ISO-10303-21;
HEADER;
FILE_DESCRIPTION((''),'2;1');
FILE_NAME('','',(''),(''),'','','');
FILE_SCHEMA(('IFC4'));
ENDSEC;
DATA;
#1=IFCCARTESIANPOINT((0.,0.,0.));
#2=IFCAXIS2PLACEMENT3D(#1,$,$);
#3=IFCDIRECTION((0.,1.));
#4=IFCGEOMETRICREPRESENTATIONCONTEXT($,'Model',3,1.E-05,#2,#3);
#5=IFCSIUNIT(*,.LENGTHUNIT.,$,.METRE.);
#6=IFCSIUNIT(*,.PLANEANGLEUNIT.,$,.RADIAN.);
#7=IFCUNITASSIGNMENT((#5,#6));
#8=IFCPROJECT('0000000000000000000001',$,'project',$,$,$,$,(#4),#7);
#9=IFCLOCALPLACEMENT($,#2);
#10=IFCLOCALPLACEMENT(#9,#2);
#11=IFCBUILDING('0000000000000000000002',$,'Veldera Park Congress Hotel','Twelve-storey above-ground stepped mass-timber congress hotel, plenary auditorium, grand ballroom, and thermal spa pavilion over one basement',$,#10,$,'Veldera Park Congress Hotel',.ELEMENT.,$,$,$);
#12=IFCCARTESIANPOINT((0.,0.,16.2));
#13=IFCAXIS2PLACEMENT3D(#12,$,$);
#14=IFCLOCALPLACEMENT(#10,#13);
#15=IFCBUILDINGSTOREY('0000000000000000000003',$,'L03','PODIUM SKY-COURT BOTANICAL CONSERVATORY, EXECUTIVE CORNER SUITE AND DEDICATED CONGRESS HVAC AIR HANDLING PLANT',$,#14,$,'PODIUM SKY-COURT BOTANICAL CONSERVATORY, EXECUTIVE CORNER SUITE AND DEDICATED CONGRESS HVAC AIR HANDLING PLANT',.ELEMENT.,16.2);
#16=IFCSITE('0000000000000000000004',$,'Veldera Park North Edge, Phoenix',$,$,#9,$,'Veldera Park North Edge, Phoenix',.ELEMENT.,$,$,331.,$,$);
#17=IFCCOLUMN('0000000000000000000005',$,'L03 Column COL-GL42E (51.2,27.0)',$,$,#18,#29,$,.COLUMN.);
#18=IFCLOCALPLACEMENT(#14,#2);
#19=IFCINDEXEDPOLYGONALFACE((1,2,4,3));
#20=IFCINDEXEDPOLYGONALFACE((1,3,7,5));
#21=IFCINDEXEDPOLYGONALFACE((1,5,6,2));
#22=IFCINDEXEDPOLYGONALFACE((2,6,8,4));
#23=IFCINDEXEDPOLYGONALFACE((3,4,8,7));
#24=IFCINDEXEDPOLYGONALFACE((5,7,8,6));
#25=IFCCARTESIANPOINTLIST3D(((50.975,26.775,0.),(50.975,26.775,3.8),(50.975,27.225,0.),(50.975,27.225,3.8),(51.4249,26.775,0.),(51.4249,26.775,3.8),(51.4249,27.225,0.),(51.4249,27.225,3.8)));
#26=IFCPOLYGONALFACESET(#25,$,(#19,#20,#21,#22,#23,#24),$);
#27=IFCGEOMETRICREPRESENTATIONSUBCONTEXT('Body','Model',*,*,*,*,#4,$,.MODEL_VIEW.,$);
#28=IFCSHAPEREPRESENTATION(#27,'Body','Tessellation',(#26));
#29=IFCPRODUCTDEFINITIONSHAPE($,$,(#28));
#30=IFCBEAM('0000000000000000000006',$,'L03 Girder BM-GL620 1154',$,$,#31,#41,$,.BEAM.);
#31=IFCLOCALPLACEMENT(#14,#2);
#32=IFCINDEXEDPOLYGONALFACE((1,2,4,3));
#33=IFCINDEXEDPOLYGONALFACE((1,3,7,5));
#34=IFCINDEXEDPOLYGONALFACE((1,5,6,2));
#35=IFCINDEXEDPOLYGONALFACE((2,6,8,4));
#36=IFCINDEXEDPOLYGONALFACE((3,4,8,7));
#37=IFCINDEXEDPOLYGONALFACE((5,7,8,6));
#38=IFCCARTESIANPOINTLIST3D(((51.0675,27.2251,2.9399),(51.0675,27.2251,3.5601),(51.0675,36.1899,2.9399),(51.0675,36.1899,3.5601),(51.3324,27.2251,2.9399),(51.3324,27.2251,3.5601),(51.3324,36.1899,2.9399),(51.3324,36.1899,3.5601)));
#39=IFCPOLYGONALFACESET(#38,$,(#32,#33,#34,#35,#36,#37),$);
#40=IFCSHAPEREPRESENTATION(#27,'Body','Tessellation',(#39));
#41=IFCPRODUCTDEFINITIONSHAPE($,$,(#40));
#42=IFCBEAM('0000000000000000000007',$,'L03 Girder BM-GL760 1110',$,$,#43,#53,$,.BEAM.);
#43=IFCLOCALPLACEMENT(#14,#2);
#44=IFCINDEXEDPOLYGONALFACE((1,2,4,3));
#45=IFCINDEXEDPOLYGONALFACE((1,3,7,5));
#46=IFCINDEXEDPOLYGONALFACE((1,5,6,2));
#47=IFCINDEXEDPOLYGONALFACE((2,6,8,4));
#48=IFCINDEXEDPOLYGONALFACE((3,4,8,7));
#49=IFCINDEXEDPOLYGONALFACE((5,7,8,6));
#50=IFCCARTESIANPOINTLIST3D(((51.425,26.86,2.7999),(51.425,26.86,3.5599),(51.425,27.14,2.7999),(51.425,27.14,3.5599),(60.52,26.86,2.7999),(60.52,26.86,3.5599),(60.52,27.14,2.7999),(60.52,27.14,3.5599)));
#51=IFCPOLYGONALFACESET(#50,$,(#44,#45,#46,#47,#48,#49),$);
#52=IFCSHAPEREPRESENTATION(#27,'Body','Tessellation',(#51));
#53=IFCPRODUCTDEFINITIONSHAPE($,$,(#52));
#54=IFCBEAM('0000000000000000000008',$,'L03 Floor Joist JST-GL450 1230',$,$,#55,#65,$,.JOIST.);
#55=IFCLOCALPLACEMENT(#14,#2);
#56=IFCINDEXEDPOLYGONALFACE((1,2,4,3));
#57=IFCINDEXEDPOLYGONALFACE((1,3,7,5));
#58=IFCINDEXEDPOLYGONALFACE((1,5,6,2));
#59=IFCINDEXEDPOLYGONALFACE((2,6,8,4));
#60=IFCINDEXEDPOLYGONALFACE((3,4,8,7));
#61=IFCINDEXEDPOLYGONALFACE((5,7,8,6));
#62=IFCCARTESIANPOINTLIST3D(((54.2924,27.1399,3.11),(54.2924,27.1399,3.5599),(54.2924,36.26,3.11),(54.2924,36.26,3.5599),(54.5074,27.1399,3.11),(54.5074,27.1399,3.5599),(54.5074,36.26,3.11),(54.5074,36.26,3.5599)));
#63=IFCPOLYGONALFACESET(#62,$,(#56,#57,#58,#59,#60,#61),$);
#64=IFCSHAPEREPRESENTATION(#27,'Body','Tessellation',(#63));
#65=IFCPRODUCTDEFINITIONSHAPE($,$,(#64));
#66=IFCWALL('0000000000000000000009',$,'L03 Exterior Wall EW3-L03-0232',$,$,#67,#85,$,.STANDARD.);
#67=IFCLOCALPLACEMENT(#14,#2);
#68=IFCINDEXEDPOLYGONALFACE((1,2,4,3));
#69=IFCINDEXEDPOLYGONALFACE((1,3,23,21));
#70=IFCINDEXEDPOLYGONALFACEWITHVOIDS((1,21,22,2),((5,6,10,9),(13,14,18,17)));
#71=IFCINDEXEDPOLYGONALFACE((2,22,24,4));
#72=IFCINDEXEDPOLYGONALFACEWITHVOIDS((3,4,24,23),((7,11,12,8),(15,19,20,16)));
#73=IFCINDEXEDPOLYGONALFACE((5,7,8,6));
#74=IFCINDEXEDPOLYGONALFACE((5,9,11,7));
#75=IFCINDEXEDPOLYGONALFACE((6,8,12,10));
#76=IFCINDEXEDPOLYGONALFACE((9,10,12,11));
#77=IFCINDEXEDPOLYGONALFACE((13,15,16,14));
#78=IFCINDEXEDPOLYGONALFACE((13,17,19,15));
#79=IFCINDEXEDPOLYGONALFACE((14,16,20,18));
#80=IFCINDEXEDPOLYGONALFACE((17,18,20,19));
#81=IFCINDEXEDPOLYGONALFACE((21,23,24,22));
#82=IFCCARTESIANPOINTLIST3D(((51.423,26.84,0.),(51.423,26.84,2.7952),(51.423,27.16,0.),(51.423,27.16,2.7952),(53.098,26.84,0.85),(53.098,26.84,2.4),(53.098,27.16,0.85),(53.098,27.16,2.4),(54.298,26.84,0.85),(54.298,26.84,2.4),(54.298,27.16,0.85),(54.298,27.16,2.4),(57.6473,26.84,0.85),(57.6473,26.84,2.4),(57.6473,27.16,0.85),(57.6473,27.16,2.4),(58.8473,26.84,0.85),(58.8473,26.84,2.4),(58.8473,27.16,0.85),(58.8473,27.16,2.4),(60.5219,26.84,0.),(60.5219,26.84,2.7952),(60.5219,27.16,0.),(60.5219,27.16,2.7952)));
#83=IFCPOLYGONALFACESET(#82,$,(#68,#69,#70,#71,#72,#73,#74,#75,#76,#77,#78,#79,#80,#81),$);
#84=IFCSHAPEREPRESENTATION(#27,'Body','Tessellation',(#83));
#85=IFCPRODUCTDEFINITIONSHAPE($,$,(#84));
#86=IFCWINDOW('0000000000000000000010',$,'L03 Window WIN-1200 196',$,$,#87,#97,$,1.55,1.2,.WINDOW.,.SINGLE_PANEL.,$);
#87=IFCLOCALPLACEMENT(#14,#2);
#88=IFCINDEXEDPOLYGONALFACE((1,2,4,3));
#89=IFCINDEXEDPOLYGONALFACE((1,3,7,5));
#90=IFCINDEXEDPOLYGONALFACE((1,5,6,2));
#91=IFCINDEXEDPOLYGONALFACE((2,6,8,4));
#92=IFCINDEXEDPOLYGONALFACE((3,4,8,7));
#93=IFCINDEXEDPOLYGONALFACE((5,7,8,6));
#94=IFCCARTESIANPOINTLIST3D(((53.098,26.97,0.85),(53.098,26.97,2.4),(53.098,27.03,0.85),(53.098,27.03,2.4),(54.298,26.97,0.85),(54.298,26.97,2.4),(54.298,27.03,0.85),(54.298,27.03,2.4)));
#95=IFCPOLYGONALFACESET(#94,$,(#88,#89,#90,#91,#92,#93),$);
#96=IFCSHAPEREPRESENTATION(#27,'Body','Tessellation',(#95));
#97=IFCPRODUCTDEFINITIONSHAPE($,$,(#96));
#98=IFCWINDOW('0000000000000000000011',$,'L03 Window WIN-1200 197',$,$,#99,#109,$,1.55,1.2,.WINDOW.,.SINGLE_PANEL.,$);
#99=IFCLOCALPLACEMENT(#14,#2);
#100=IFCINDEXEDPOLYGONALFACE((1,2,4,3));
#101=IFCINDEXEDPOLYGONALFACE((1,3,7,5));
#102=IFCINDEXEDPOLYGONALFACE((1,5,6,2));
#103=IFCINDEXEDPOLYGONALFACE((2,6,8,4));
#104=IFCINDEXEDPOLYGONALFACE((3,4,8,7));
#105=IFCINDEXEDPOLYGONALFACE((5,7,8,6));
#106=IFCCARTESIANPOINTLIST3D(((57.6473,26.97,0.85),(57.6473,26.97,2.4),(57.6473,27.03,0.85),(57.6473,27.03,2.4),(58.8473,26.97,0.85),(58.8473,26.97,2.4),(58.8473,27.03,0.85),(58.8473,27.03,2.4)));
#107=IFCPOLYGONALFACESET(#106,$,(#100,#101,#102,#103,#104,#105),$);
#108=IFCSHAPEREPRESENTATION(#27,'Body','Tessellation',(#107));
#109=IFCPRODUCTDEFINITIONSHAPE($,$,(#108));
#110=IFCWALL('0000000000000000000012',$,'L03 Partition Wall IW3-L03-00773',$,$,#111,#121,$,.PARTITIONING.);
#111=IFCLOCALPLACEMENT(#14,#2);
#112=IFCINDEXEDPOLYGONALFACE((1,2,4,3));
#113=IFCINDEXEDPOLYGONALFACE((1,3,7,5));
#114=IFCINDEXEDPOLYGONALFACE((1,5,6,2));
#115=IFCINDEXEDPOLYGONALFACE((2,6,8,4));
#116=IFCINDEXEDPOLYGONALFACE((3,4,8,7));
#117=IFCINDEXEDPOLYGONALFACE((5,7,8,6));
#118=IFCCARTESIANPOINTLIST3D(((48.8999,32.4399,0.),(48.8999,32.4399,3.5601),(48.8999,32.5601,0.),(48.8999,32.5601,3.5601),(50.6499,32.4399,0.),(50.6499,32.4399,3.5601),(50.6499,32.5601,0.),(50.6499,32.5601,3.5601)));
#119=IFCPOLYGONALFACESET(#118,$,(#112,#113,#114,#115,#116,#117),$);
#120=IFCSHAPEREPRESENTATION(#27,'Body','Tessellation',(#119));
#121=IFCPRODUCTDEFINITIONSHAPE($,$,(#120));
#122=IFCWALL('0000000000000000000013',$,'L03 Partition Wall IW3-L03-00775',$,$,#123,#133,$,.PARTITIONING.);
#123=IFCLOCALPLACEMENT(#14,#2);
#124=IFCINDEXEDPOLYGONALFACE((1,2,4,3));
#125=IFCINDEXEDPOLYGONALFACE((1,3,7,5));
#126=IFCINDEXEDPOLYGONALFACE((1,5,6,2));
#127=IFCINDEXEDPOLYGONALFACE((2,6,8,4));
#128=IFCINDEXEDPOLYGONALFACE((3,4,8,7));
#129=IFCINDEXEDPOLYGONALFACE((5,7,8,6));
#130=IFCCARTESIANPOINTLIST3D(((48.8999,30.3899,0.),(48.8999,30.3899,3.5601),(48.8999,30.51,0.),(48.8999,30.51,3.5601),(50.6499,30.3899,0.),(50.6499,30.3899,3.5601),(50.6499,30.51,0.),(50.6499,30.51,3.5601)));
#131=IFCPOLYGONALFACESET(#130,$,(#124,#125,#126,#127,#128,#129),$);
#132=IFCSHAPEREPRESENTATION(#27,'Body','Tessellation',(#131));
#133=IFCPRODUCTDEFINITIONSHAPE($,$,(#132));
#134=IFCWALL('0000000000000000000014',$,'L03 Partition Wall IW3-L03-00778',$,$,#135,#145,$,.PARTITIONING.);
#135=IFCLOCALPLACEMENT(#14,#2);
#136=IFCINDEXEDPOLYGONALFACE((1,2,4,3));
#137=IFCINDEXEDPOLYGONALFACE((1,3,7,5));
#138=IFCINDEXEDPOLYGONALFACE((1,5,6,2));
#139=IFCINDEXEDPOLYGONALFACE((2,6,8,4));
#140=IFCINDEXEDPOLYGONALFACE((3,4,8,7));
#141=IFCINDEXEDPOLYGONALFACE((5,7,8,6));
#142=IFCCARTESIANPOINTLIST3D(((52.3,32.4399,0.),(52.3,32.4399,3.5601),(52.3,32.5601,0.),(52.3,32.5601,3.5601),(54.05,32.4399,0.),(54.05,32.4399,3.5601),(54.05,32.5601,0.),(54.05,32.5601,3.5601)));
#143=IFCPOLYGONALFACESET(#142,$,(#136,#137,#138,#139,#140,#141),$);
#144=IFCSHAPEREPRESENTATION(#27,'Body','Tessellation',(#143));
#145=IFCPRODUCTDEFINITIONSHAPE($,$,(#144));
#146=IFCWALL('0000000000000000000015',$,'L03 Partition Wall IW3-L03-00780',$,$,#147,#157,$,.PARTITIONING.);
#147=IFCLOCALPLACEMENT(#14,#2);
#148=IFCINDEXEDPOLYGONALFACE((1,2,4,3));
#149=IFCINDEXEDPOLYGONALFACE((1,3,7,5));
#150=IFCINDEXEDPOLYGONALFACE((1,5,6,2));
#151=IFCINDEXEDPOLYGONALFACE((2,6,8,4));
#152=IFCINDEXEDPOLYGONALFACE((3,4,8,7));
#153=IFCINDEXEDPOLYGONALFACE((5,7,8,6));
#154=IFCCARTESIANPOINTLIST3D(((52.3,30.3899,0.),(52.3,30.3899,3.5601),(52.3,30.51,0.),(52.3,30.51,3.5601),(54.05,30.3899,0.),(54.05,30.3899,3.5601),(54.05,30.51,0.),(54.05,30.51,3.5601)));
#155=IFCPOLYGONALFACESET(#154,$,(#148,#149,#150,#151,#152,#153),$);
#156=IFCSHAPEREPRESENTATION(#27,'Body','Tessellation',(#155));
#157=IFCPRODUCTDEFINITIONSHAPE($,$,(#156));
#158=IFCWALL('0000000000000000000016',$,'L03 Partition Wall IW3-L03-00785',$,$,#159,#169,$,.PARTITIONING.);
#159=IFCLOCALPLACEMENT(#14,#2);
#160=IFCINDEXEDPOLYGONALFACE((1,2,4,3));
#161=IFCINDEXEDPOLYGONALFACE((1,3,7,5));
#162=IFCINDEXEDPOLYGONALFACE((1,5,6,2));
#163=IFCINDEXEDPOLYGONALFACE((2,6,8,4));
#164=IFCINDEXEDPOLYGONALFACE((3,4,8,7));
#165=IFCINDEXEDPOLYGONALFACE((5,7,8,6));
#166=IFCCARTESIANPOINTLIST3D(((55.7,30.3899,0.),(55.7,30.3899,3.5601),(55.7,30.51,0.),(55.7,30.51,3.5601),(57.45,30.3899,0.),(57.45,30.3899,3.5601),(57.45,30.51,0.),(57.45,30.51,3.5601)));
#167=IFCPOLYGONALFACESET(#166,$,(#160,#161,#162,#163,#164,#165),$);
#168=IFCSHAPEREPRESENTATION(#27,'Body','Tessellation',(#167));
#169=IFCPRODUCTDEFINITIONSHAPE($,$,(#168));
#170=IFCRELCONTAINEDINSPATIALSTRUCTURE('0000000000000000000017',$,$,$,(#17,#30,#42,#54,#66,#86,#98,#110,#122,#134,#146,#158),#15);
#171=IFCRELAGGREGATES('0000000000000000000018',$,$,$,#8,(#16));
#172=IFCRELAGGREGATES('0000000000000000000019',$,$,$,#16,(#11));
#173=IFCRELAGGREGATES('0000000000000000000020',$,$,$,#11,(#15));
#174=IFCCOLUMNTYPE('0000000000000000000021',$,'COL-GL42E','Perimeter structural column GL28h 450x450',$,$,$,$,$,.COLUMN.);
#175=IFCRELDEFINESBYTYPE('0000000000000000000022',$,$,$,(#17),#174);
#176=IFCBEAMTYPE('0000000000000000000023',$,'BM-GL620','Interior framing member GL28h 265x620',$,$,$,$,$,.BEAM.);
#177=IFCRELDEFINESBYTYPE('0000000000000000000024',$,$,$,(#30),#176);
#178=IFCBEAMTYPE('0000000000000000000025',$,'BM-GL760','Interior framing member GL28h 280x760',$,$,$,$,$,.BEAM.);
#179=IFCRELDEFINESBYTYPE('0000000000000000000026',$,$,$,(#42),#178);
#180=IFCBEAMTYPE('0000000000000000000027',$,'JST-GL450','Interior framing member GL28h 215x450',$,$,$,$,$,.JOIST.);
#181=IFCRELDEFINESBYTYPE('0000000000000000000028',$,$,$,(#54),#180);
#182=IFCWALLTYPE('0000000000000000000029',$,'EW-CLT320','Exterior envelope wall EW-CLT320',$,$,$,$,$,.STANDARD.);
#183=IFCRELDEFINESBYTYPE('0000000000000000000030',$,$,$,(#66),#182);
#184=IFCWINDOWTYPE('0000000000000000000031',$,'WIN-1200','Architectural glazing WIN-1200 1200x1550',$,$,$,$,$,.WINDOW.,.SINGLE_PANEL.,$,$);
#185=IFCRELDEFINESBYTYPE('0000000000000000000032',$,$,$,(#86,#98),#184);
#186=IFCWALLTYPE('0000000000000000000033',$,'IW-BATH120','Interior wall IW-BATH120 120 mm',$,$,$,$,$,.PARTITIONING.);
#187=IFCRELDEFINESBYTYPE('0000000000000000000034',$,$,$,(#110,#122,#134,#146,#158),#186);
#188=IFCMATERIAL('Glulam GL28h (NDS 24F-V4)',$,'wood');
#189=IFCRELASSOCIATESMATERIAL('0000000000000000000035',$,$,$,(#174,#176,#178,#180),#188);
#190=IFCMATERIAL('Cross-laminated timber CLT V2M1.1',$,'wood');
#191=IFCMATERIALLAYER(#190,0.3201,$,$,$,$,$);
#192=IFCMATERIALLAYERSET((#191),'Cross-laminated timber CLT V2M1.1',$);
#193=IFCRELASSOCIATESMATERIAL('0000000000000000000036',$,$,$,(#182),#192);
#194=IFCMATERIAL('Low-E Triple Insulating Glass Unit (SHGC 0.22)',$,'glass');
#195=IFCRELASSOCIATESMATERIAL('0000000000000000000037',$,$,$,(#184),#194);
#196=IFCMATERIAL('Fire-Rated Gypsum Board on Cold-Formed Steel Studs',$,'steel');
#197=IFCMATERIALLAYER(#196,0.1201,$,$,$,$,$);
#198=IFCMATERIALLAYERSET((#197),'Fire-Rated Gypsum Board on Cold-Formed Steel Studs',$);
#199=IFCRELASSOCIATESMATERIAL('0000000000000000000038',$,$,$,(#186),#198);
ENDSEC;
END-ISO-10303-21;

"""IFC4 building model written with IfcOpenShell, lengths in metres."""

from ifc_helpers import new_model, si_unit, direction, frame, frame_2d, origin, origin_2d, place, context, subcontext, project, spatial, rectangle, extrude, material, layer, layer_set, material_profile, profile_set, type_object, element, fill, save


model = new_model("IFC4")

# Units and contexts
model_context = context("Model", 3, precision=1e-05, world=origin(), true_north=direction((0.0, 1.0)))
body_context = subcontext(model_context, "Body", "Model", "MODEL_VIEW")
ifc_project = project(units=[si_unit("LENGTHUNIT", "METRE"), si_unit("PLANEANGLEUNIT", "RADIAN")], contexts=[model_context])

# Site, building, storey
site_placement = place(None, origin())
site = spatial("IfcSite", under=ifc_project, at=site_placement, Name="Veldera Park North Edge, Phoenix", LongName="Veldera Park North Edge, Phoenix", CompositionType="ELEMENT", RefElevation=331.0)
building_placement = place(site_placement, origin())
building = spatial("IfcBuilding", under=site, at=building_placement, Name="Veldera Park Congress Hotel", Description="Twelve-storey above-ground stepped mass-timber congress hotel, plenary auditorium, grand ballroom, and thermal spa pavilion over one basement", LongName="Veldera Park Congress Hotel", CompositionType="ELEMENT")
storey_placement = place(building_placement, frame((0.0, 0.0, 16.2)))
storey = spatial("IfcBuildingStorey", under=building, at=storey_placement, Name="L03", Description="PODIUM SKY-COURT BOTANICAL CONSERVATORY, EXECUTIVE CORNER SUITE AND DEDICATED CONGRESS HVAC AIR HANDLING PLANT", LongName="PODIUM SKY-COURT BOTANICAL CONSERVATORY, EXECUTIVE CORNER SUITE AND DEDICATED CONGRESS HVAC AIR HANDLING PLANT", CompositionType="ELEMENT", Elevation=16.2)

# Column
ifc_material_1 = material(Name="Glulam GL28h (NDS 24F-V4)", Category="wood")
ifc_material_profile_1 = material_profile(ifc_material_1, rectangle(XDim=0.45, YDim=0.45, at=origin_2d()), Name="GL28h 450x450")
ifc_profile_set_1 = profile_set([ifc_material_profile_1], Name="Glulam GL28h (NDS 24F-V4)")
column_type = type_object("IfcColumnType", Name="COL-GL42E", Description="Perimeter structural column GL28h 450x450", PredefinedType="COLUMN", material=ifc_profile_set_1)
column_placement = place(storey_placement, frame((51.2, 27.0, 0.0), z_axis=(0.0, 0.0, 1.0), x_axis=(1.0, 0.0, 0.0)))
element("IfcColumn", 1, at=column_placement, inside=storey, type_object=column_type, Name="L03 Column COL-GL42E (51.2,27.0)", PredefinedType="COLUMN", context=body_context, shape_type="SweptSolid", body=[
    extrude(rectangle(XDim=0.45, YDim=0.45, at=origin_2d()), origin(), (0.0, 0.0, 1.0), 3.8),
])

# Beams
ifc_material_profile_2 = material_profile(ifc_material_1, rectangle(XDim=0.2649, YDim=0.6201, at=origin_2d()), Name="GL28h 265x620")
ifc_profile_set_2 = profile_set([ifc_material_profile_2], Name="Glulam GL28h (NDS 24F-V4)")
beam_type_1 = type_object("IfcBeamType", Name="BM-GL620", Description="Interior framing member GL28h 265x620", PredefinedType="BEAM", material=ifc_profile_set_2)
beam_1_placement = place(storey_placement, frame((51.2, 27.2251, 3.25), z_axis=(0.0, 1.0, 0.0), x_axis=(-1.0, 0.0, 0.0)))
element("IfcBeam", 2, at=beam_1_placement, inside=storey, type_object=beam_type_1, Name="L03 Girder BM-GL620 1154", PredefinedType="BEAM", context=body_context, shape_type="SweptSolid", body=[
    extrude(rectangle(XDim=0.2649, YDim=0.6201, at=origin_2d()), origin(), (0.0, 0.0, 1.0), 8.9648),
])
ifc_material_profile_3 = material_profile(ifc_material_1, rectangle(XDim=0.28, YDim=0.76, at=origin_2d()), Name="GL28h 280x760")
ifc_profile_set_3 = profile_set([ifc_material_profile_3], Name="Glulam GL28h (NDS 24F-V4)")
beam_type_2 = type_object("IfcBeamType", Name="BM-GL760", Description="Interior framing member GL28h 280x760", PredefinedType="BEAM", material=ifc_profile_set_3)
beam_2_placement = place(storey_placement, frame((51.425, 27.0, 3.1799), z_axis=(1.0, 0.0, 0.0), x_axis=(0.0, 1.0, 0.0)))
element("IfcBeam", 3, at=beam_2_placement, inside=storey, type_object=beam_type_2, Name="L03 Girder BM-GL760 1110", PredefinedType="BEAM", context=body_context, shape_type="SweptSolid", body=[
    extrude(rectangle(XDim=0.28, YDim=0.76, at=origin_2d()), origin(), (0.0, 0.0, 1.0), 9.095),
])
ifc_material_profile_4 = material_profile(ifc_material_1, rectangle(XDim=0.2151, YDim=0.45, at=origin_2d()), Name="GL28h 215x450")
ifc_profile_set_4 = profile_set([ifc_material_profile_4], Name="Glulam GL28h (NDS 24F-V4)")
beam_type_3 = type_object("IfcBeamType", Name="JST-GL450", Description="Interior framing member GL28h 215x450", PredefinedType="JOIST", material=ifc_profile_set_4)
beam_3_placement = place(storey_placement, frame((54.3999, 27.1399, 3.335), z_axis=(0.0, 1.0, 0.0), x_axis=(-1.0, 0.0, 0.0)))
element("IfcBeam", 4, at=beam_3_placement, inside=storey, type_object=beam_type_3, Name="L03 Floor Joist JST-GL450 1230", PredefinedType="JOIST", context=body_context, shape_type="SweptSolid", body=[
    extrude(rectangle(XDim=0.2151, YDim=0.45, at=origin_2d()), origin(), (0.0, 0.0, 1.0), 9.1201),
])

# Wall, openings, windows
ifc_material_2 = material(Name="Cross-laminated timber CLT V2M1.1", Category="wood")
ifc_layer_1 = layer(ifc_material_2, 0.3201)
ifc_layer_set_1 = layer_set([ifc_layer_1], Name="Cross-laminated timber CLT V2M1.1")
wall_type_1 = type_object("IfcWallType", Name="EW-CLT320", Description="Exterior envelope wall EW-CLT320", PredefinedType="STANDARD", material=ifc_layer_set_1)
wall_1_placement = place(storey_placement, frame((51.4231, 27.0, 0.0), z_axis=(0.0, 0.0, 1.0), x_axis=(1.0, 0.0, 0.0)))
wall_1 = element("IfcWall", 5, at=wall_1_placement, inside=storey, type_object=wall_type_1, Name="L03 Exterior Wall EW3-L03-0232", PredefinedType="STANDARD", context=body_context, shape_type="SweptSolid", body=[
    extrude(rectangle(XDim=9.0989, YDim=0.3201, at=frame_2d((4.5493, 0.0))), origin(), (0.0, 0.0, 1.0), 2.7952),
])
opening_1_placement = place(wall_1_placement, frame((1.6748, 0.0, 0.8501)))
opening_1 = element("IfcOpeningElement", 6, at=opening_1_placement, cuts=wall_1, PredefinedType="OPENING", context=body_context, shape_type="SweptSolid", body=[
    extrude(rectangle(XDim=1.2, YDim=1.55, at=frame_2d((0.6001, 0.7749))), frame((0.0, 0.1721, 0.0), z_axis=(0.0, -1.0, 0.0), x_axis=(1.0, 0.0, 0.0)), (0.0, 0.0, 1.0), 0.344),
])
opening_2_placement = place(wall_1_placement, frame((6.2241, 0.0, 0.8501)))
opening_2 = element("IfcOpeningElement", 7, at=opening_2_placement, cuts=wall_1, PredefinedType="OPENING", context=body_context, shape_type="SweptSolid", body=[
    extrude(rectangle(XDim=1.2, YDim=1.55, at=frame_2d((0.6001, 0.7749))), frame((0.0, 0.1721, 0.0), z_axis=(0.0, -1.0, 0.0), x_axis=(1.0, 0.0, 0.0)), (0.0, 0.0, 1.0), 0.344),
])
ifc_material_3 = material(Name="Low-E Triple Insulating Glass Unit (SHGC 0.22)", Category="glass")
window_type = type_object("IfcWindowType", Name="WIN-1200", Description="Architectural glazing WIN-1200 1200x1550", PartitioningType="SINGLE_PANEL", PredefinedType="WINDOW", material=ifc_material_3)
window_1_placement = place(opening_1_placement, origin())
window_1 = element("IfcWindow", 8, at=window_1_placement, inside=storey, type_object=window_type, Name="L03 Window WIN-1200 196", OverallHeight=1.55, OverallWidth=1.2, PartitioningType="SINGLE_PANEL", PredefinedType="WINDOW", context=body_context, shape_type="SweptSolid", body=[
    extrude(rectangle(XDim=1.2, YDim=1.55, at=frame_2d((0.6001, 0.7749))), frame((0.0, 0.03, 0.0), z_axis=(0.0, -1.0, 0.0), x_axis=(1.0, 0.0, 0.0)), (0.0, 0.0, 1.0), 0.0601),
])
fill(opening_1, window_1)
window_2_placement = place(opening_2_placement, origin())
window_2 = element("IfcWindow", 9, at=window_2_placement, inside=storey, type_object=window_type, Name="L03 Window WIN-1200 197", OverallHeight=1.55, OverallWidth=1.2, PartitioningType="SINGLE_PANEL", PredefinedType="WINDOW", context=body_context, shape_type="SweptSolid", body=[
    extrude(rectangle(XDim=1.2, YDim=1.55, at=frame_2d((0.6001, 0.7749))), frame((0.0, 0.03, 0.0), z_axis=(0.0, -1.0, 0.0), x_axis=(1.0, 0.0, 0.0)), (0.0, 0.0, 1.0), 0.0601),
])
fill(opening_2, window_2)

# Wall
ifc_material_4 = material(Name="Fire-Rated Gypsum Board on Cold-Formed Steel Studs", Category="steel")
ifc_layer_2 = layer(ifc_material_4, 0.1201)
ifc_layer_set_2 = layer_set([ifc_layer_2], Name="Fire-Rated Gypsum Board on Cold-Formed Steel Studs")
wall_type_2 = type_object("IfcWallType", Name="IW-BATH120", Description="Interior wall IW-BATH120 120 mm", PredefinedType="PARTITIONING", material=ifc_layer_set_2)
wall_2_placement = place(storey_placement, frame((48.8999, 32.5, 0.0), z_axis=(0.0, 0.0, 1.0), x_axis=(1.0, 0.0, 0.0)))
element("IfcWall", 10, at=wall_2_placement, inside=storey, type_object=wall_type_2, Name="L03 Partition Wall IW3-L03-00773", PredefinedType="PARTITIONING", context=body_context, shape_type="SweptSolid", body=[
    extrude(rectangle(XDim=1.75, YDim=0.1201, at=frame_2d((0.875, 0.0))), origin(), (0.0, 0.0, 1.0), 3.5601),
])

# Walls
for number, where, z_axis, x_axis, name in (
    (11, (48.8999, 30.45, 0.0), (0.0, 0.0, 1.0), (1.0, 0.0, 0.0), "L03 Partition Wall IW3-L03-00775"),
    (12, (52.3, 32.5, 0.0), (0.0, 0.0, 1.0), (1.0, 0.0, 0.0), "L03 Partition Wall IW3-L03-00778"),
):
    element("IfcWall", number, at=place(storey_placement, frame(where, z_axis=z_axis, x_axis=x_axis)), inside=storey, type_object=wall_type_2, Name=name, PredefinedType="PARTITIONING", context=body_context, shape_type="SweptSolid", body=[
        extrude(rectangle(XDim=1.75, YDim=0.1201, at=frame_2d((0.875, 0.0))), origin(), (0.0, 0.0, 1.0), 3.5601),
    ])

# Wall
wall_3_placement = place(storey_placement, frame((52.3, 30.45, 0.0), z_axis=(0.0, 0.0, 1.0), x_axis=(1.0, 0.0, 0.0)))
element("IfcWall", 13, at=wall_3_placement, inside=storey, type_object=wall_type_2, Name="L03 Partition Wall IW3-L03-00780", PredefinedType="PARTITIONING", context=body_context, shape_type="SweptSolid", body=[
    extrude(rectangle(XDim=1.75, YDim=0.1201, at=frame_2d((0.875, 0.0))), origin(), (0.0, 0.0, 1.0), 3.5601),
])

# Wall
wall_4_placement = place(storey_placement, frame((55.7, 30.45, 0.0), z_axis=(0.0, 0.0, 1.0), x_axis=(1.0, 0.0, 0.0)))
element("IfcWall", 14, at=wall_4_placement, inside=storey, type_object=wall_type_2, Name="L03 Partition Wall IW3-L03-00785", PredefinedType="PARTITIONING", context=body_context, shape_type="SweptSolid", body=[
    extrude(rectangle(XDim=1.75, YDim=0.1201, at=frame_2d((0.875, 0.0))), origin(), (0.0, 0.0, 1.0), 3.5601),
])

save(model, "model.ifc")
